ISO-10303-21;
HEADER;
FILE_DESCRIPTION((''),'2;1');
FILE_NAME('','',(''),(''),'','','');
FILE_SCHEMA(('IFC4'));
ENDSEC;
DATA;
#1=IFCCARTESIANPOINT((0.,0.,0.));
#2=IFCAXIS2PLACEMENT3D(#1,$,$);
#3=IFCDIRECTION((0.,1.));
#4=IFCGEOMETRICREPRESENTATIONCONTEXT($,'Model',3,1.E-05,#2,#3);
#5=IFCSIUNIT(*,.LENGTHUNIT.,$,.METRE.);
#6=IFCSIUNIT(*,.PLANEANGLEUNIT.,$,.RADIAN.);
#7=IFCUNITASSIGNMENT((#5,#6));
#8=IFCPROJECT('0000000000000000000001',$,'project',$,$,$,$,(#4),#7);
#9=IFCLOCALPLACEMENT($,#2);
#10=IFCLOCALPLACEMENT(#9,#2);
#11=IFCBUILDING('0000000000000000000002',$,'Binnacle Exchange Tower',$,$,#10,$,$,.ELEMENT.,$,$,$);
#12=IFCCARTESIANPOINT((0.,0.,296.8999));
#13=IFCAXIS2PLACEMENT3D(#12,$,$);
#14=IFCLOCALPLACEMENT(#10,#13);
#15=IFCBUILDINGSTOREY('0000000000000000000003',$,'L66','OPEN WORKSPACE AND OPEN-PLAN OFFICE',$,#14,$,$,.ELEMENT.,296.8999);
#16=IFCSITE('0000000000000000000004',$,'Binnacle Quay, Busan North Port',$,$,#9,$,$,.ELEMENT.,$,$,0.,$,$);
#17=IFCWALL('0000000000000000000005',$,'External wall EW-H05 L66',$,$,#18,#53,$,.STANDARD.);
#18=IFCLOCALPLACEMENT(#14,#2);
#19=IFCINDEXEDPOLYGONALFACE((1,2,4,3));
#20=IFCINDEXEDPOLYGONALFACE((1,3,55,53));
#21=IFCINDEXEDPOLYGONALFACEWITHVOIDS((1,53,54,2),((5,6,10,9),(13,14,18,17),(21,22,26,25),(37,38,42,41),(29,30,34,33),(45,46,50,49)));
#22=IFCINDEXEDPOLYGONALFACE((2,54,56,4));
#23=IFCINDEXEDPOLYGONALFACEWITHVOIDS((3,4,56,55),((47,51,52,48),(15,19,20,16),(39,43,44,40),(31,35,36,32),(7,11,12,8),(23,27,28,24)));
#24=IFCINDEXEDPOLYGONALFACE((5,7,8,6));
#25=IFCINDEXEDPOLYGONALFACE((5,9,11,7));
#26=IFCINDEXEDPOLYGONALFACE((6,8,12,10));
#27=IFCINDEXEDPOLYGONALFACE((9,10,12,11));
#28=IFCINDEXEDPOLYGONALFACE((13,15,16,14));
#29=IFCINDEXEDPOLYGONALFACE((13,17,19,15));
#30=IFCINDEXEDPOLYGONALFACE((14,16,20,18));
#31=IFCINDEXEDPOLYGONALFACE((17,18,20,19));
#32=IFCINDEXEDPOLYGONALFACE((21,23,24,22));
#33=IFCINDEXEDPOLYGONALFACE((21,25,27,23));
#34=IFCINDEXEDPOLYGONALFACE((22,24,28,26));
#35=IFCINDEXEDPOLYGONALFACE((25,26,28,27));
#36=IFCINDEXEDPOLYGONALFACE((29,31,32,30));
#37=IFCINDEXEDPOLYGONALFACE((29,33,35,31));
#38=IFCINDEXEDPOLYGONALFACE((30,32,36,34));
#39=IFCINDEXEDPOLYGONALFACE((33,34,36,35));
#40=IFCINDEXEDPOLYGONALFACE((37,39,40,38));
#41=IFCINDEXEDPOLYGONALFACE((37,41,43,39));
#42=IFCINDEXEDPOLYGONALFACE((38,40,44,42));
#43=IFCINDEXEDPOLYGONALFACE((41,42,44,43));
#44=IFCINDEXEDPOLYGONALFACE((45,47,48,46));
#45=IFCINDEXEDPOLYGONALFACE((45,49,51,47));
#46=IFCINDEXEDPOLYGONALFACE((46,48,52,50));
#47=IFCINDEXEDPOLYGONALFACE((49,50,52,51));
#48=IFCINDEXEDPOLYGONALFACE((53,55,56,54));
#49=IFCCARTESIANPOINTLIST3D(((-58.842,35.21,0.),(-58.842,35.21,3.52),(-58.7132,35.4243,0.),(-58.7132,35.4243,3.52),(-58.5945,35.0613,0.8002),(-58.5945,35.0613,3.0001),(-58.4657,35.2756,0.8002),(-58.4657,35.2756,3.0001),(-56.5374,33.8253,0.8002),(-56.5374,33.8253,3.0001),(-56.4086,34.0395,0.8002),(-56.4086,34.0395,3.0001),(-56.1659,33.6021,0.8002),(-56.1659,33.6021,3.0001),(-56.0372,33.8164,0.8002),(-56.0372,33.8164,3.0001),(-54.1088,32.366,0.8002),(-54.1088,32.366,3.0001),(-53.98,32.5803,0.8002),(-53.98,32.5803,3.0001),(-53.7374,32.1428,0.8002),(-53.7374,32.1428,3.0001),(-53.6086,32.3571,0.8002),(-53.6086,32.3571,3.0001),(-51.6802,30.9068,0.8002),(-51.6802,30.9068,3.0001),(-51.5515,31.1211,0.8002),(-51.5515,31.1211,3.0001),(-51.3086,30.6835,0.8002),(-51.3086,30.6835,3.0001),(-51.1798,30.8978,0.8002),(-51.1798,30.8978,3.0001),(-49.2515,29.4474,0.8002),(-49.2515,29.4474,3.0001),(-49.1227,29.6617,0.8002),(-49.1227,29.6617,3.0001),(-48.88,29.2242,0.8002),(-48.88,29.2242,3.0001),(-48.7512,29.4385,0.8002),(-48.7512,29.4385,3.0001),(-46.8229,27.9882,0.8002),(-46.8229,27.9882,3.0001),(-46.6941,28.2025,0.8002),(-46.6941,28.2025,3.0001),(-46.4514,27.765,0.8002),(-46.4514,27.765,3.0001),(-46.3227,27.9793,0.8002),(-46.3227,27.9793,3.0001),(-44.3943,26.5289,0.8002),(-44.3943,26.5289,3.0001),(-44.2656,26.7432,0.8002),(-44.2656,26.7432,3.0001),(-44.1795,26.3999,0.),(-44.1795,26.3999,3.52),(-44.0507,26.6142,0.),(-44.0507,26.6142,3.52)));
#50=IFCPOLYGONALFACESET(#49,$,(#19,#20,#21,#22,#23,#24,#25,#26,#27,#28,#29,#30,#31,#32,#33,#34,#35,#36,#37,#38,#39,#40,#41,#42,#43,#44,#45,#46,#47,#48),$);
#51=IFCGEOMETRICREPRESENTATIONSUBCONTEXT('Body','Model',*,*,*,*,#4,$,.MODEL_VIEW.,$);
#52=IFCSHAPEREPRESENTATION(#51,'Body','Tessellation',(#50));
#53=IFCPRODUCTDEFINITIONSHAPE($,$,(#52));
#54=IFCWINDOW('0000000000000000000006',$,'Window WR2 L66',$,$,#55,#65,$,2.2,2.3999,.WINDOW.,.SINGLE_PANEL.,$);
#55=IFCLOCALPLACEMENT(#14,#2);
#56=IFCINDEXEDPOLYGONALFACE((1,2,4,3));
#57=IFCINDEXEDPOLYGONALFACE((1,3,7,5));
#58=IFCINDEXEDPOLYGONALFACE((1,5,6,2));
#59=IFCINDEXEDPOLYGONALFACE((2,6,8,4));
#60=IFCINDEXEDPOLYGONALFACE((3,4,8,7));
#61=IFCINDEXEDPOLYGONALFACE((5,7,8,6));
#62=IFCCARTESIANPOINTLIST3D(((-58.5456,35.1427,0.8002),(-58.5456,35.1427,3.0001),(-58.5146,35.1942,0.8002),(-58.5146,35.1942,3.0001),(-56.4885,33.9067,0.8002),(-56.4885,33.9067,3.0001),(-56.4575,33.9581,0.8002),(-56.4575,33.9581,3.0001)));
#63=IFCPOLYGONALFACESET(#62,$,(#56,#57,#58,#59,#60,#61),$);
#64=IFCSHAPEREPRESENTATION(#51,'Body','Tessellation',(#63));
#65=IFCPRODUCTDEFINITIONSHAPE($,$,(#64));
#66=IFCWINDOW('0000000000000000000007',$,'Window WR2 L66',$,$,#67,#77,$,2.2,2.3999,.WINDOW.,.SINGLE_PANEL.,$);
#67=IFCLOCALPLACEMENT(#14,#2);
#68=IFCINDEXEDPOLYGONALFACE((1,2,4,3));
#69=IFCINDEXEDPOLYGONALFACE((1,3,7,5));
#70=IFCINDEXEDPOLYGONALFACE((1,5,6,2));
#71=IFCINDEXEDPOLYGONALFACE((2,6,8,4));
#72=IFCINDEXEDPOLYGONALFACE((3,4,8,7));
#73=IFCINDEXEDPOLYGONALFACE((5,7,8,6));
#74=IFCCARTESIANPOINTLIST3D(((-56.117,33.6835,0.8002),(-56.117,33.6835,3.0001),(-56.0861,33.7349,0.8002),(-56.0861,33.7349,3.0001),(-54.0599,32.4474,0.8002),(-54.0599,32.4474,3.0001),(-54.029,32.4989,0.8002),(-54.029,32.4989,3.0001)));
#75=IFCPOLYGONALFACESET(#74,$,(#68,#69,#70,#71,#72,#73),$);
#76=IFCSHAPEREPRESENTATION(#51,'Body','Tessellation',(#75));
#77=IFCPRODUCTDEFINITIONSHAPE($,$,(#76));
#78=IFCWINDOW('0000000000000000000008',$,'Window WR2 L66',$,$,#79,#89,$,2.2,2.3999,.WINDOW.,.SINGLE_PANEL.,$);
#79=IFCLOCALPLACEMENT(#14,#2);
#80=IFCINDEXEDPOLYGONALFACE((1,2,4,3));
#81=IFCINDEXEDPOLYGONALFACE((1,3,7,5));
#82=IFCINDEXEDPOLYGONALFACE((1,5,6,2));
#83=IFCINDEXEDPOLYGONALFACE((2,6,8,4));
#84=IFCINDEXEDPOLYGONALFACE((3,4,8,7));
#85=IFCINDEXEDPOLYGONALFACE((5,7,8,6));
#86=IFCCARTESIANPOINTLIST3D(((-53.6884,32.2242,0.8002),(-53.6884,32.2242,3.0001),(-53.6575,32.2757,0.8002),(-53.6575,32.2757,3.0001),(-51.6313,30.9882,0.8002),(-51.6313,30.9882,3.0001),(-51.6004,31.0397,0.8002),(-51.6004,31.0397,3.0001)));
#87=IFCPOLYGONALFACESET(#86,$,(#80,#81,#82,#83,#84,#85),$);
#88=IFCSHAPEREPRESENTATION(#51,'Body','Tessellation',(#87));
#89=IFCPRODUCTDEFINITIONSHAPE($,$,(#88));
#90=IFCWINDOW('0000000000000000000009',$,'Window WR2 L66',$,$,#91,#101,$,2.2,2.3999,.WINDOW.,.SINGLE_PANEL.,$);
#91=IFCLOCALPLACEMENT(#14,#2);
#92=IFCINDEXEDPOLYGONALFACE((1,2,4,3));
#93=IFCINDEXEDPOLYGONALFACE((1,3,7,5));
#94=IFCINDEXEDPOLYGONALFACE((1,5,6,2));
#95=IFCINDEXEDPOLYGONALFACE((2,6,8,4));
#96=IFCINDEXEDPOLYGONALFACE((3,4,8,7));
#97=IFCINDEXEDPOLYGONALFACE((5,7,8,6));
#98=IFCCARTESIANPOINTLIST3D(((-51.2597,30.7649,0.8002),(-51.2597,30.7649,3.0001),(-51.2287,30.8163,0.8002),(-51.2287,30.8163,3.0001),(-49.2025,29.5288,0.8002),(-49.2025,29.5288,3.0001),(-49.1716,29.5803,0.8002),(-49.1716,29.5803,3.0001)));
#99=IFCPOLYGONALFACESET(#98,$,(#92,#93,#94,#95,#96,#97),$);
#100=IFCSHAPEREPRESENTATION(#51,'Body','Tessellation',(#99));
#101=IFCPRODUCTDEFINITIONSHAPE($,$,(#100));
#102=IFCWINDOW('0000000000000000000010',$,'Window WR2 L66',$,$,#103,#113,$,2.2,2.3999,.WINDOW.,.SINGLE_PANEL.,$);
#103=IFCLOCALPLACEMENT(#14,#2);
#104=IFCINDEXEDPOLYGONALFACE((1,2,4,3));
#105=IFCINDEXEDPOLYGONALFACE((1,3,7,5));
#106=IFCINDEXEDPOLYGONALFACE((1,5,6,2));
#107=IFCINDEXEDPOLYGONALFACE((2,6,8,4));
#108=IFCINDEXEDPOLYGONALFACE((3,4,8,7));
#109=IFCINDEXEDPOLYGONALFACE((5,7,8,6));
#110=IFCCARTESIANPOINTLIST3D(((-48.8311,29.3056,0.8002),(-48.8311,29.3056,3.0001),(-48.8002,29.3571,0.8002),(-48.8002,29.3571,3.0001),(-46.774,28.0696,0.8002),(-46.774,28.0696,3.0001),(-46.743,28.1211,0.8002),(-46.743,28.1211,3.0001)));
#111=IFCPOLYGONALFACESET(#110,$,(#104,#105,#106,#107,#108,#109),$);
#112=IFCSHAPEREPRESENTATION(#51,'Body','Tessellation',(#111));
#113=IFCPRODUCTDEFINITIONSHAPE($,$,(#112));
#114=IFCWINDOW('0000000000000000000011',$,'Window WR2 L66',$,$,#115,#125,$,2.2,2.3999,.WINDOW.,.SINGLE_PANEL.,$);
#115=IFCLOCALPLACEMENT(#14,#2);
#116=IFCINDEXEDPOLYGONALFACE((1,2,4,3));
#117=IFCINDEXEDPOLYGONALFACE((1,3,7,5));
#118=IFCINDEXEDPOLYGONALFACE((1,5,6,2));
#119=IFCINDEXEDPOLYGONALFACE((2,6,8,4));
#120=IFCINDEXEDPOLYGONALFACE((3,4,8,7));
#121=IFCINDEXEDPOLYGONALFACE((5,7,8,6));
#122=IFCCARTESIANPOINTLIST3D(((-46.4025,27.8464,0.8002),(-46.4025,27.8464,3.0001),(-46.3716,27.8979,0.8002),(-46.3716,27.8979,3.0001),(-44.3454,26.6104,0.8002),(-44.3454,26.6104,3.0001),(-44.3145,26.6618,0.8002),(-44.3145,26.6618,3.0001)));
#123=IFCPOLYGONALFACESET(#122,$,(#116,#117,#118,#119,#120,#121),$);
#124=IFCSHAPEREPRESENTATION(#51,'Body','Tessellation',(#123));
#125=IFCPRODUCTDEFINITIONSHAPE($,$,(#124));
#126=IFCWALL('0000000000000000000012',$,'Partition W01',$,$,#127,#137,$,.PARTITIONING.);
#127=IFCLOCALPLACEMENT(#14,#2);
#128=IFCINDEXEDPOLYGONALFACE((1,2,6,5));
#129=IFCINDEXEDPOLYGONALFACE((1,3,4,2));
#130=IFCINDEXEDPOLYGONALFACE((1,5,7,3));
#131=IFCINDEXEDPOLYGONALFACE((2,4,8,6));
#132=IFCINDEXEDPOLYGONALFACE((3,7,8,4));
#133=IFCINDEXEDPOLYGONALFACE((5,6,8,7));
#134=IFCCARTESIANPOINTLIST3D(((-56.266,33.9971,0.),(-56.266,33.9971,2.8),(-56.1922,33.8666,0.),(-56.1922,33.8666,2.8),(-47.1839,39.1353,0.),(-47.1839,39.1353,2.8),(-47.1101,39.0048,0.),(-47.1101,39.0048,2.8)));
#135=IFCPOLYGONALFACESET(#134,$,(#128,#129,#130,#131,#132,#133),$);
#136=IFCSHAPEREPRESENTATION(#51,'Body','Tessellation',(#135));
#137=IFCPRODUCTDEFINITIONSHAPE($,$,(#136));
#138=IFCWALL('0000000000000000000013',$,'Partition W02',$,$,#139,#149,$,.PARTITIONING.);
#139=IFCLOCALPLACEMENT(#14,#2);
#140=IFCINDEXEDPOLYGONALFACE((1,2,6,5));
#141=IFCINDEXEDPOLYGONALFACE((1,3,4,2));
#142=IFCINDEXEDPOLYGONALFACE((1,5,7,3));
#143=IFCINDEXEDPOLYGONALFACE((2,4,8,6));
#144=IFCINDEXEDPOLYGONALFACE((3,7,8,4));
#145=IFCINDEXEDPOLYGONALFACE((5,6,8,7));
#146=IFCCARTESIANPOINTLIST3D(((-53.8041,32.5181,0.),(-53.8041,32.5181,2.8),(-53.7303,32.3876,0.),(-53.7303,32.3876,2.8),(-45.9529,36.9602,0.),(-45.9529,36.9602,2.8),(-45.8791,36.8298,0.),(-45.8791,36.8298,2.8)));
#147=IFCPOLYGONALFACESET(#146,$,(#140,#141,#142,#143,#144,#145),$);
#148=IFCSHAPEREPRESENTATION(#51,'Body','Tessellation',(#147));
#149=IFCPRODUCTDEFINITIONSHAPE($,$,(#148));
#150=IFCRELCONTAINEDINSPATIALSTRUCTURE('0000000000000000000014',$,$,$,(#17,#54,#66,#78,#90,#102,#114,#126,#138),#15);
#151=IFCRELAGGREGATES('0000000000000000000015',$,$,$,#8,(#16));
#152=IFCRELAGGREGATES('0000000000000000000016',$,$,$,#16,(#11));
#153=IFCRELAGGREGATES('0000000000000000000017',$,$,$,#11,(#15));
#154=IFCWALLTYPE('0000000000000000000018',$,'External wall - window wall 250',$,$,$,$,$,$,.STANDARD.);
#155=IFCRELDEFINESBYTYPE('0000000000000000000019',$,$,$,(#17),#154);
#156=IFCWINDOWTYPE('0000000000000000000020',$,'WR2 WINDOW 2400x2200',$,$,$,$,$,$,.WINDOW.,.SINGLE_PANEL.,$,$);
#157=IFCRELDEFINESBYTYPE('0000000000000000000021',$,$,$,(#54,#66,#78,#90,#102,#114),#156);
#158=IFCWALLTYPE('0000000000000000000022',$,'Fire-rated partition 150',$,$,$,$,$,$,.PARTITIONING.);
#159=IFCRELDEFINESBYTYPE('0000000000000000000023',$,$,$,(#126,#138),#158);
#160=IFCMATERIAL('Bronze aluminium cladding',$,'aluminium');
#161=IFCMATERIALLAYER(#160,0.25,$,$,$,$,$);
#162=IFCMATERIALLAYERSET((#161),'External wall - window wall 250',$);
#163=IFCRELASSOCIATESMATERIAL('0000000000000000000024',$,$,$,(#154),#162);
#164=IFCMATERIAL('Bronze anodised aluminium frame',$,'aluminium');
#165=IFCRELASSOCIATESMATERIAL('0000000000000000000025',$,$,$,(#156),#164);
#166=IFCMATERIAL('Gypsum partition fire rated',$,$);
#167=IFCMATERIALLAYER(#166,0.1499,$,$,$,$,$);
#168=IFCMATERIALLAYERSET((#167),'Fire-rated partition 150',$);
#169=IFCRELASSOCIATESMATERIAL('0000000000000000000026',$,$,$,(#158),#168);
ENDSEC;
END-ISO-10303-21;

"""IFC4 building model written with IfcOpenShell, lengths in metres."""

from ifc_helpers import new_model, si_unit, direction, frame, frame_2d, origin, place, context, subcontext, project, spatial, rectangle, extrude, material, layer, layer_set, type_object, element, fill, save


model = new_model("IFC4")

# Units and contexts
model_context = context("Model", 3, precision=1e-05, world=origin(), true_north=direction((0.0, 1.0)))
body_context = subcontext(model_context, "Body", "Model", "MODEL_VIEW")
ifc_project = project(units=[si_unit("LENGTHUNIT", "METRE"), si_unit("PLANEANGLEUNIT", "RADIAN")], contexts=[model_context])

# Site, building, storey
site_placement = place(None, origin())
site = spatial("IfcSite", under=ifc_project, at=site_placement, Name="Binnacle Quay, Busan North Port", CompositionType="ELEMENT", RefElevation=0.0)
building_placement = place(site_placement, origin())
building = spatial("IfcBuilding", under=site, at=building_placement, Name="Binnacle Exchange Tower", CompositionType="ELEMENT")
storey_placement = place(building_placement, frame((0.0, 0.0, 296.8999)))
storey = spatial("IfcBuildingStorey", under=building, at=storey_placement, Name="L66", Description="OPEN WORKSPACE AND OPEN-PLAN OFFICE", CompositionType="ELEMENT", Elevation=296.8999)

# Shared definitions
ifc_material_1 = material(Name="Bronze aluminium cladding", Category="aluminium")
ifc_layer_1 = layer(ifc_material_1, 0.25)
ifc_layer_set_1 = layer_set([ifc_layer_1], Name="External wall - window wall 250")
wall_type_1 = type_object("IfcWallType", Name="External wall - window wall 250", PredefinedType="STANDARD", material=ifc_layer_set_1)

# Wall, openings, windows
wall_1_placement = place(storey_placement, frame((-44.1152, 26.5071, 0.0), z_axis=(0.0, 0.0, 1.0), x_axis=(-0.857167, 0.515039, 0.0)))
wall_1 = element("IfcWall", 1, at=wall_1_placement, inside=storey, type_object=wall_type_1, Name="External wall EW-H05 L66", PredefinedType="STANDARD", context=body_context, shape_type="SweptSolid", body=[
    extrude(rectangle(XDim=17.1057, YDim=0.25, at=frame_2d((8.5527, 0.0))), origin(), (0.0, 0.0, 1.0), 3.52),
])
opening_1_placement = place(wall_1_placement, frame((14.417, 0.0, 0.8)))
opening_1 = element("IfcOpeningElement", 2, at=opening_1_placement, cuts=wall_1, PredefinedType="OPENING", context=body_context, shape_type="SweptSolid", body=[
    extrude(rectangle(XDim=2.3999, YDim=2.2, at=frame_2d((1.2, 1.1001))), frame((0.0, 0.135, 0.0), z_axis=(0.0, -1.0, 0.0), x_axis=(1.0, 0.0, 0.0)), (0.0, 0.0, 1.0), 0.27),
])
opening_2_placement = place(wall_1_placement, frame((11.5837, 0.0, 0.8)))
opening_2 = element("IfcOpeningElement", 3, at=opening_2_placement, cuts=wall_1, PredefinedType="OPENING", context=body_context, shape_type="SweptSolid", body=[
    extrude(rectangle(XDim=2.3999, YDim=2.2, at=frame_2d((1.2, 1.1001))), frame((0.0, 0.135, 0.0), z_axis=(0.0, -1.0, 0.0), x_axis=(1.0, 0.0, 0.0)), (0.0, 0.0, 1.0), 0.27),
])
opening_3_placement = place(wall_1_placement, frame((8.7505, 0.0, 0.8)))
opening_3 = element("IfcOpeningElement", 4, at=opening_3_placement, cuts=wall_1, PredefinedType="OPENING", context=body_context, shape_type="SweptSolid", body=[
    extrude(rectangle(XDim=2.3999, YDim=2.2, at=frame_2d((1.2, 1.1001))), frame((0.0, 0.135, 0.0), z_axis=(0.0, -1.0, 0.0), x_axis=(1.0, 0.0, 0.0)), (0.0, 0.0, 1.0), 0.27),
])
opening_4_placement = place(wall_1_placement, frame((5.917, 0.0, 0.8)))
opening_4 = element("IfcOpeningElement", 5, at=opening_4_placement, cuts=wall_1, PredefinedType="OPENING", context=body_context, shape_type="SweptSolid", body=[
    extrude(rectangle(XDim=2.3999, YDim=2.2, at=frame_2d((1.2, 1.1001))), frame((0.0, 0.135, 0.0), z_axis=(0.0, -1.0, 0.0), x_axis=(1.0, 0.0, 0.0)), (0.0, 0.0, 1.0), 0.27),
])
opening_5_placement = place(wall_1_placement, frame((3.0837, 0.0, 0.8)))
opening_5 = element("IfcOpeningElement", 6, at=opening_5_placement, cuts=wall_1, PredefinedType="OPENING", context=body_context, shape_type="SweptSolid", body=[
    extrude(rectangle(XDim=2.3999, YDim=2.2, at=frame_2d((1.2, 1.1001))), frame((0.0, 0.135, 0.0), z_axis=(0.0, -1.0, 0.0), x_axis=(1.0, 0.0, 0.0)), (0.0, 0.0, 1.0), 0.27),
])
opening_6_placement = place(wall_1_placement, frame((0.2505, 0.0, 0.8)))
opening_6 = element("IfcOpeningElement", 7, at=opening_6_placement, cuts=wall_1, PredefinedType="OPENING", context=body_context, shape_type="SweptSolid", body=[
    extrude(rectangle(XDim=2.3999, YDim=2.2, at=frame_2d((1.2, 1.1001))), frame((0.0, 0.135, 0.0), z_axis=(0.0, -1.0, 0.0), x_axis=(1.0, 0.0, 0.0)), (0.0, 0.0, 1.0), 0.27),
])
ifc_material_2 = material(Name="Bronze anodised aluminium frame", Category="aluminium")
window_type = type_object("IfcWindowType", Name="WR2 WINDOW 2400x2200", PartitioningType="SINGLE_PANEL", PredefinedType="WINDOW", material=ifc_material_2)
window_1_placement = place(opening_1_placement, origin())
window_1 = element("IfcWindow", 8, at=window_1_placement, inside=storey, type_object=window_type, Name="Window WR2 L66", OverallHeight=2.2, OverallWidth=2.3999, PartitioningType="SINGLE_PANEL", PredefinedType="WINDOW", context=body_context, shape_type="SweptSolid", body=[
    extrude(rectangle(XDim=2.3999, YDim=2.2, at=frame_2d((1.2, 1.1001))), frame((0.0, 0.03, 0.0), z_axis=(0.0, -1.0, 0.0), x_axis=(1.0, 0.0, 0.0)), (0.0, 0.0, 1.0), 0.0601),
])
fill(opening_1, window_1)
window_2_placement = place(opening_2_placement, origin())
window_2 = element("IfcWindow", 9, at=window_2_placement, inside=storey, type_object=window_type, Name="Window WR2 L66", OverallHeight=2.2, OverallWidth=2.3999, PartitioningType="SINGLE_PANEL", PredefinedType="WINDOW", context=body_context, shape_type="SweptSolid", body=[
    extrude(rectangle(XDim=2.3999, YDim=2.2, at=frame_2d((1.2, 1.1001))), frame((0.0, 0.03, 0.0), z_axis=(0.0, -1.0, 0.0), x_axis=(1.0, 0.0, 0.0)), (0.0, 0.0, 1.0), 0.0601),
])
fill(opening_2, window_2)
window_3_placement = place(opening_3_placement, origin())
window_3 = element("IfcWindow", 10, at=window_3_placement, inside=storey, type_object=window_type, Name="Window WR2 L66", OverallHeight=2.2, OverallWidth=2.3999, PartitioningType="SINGLE_PANEL", PredefinedType="WINDOW", context=body_context, shape_type="SweptSolid", body=[
    extrude(rectangle(XDim=2.3999, YDim=2.2, at=frame_2d((1.2, 1.1001))), frame((0.0, 0.03, 0.0), z_axis=(0.0, -1.0, 0.0), x_axis=(1.0, 0.0, 0.0)), (0.0, 0.0, 1.0), 0.0601),
])
fill(opening_3, window_3)
window_4_placement = place(opening_4_placement, origin())
window_4 = element("IfcWindow", 11, at=window_4_placement, inside=storey, type_object=window_type, Name="Window WR2 L66", OverallHeight=2.2, OverallWidth=2.3999, PartitioningType="SINGLE_PANEL", PredefinedType="WINDOW", context=body_context, shape_type="SweptSolid", body=[
    extrude(rectangle(XDim=2.3999, YDim=2.2, at=frame_2d((1.2, 1.1001))), frame((0.0, 0.03, 0.0), z_axis=(0.0, -1.0, 0.0), x_axis=(1.0, 0.0, 0.0)), (0.0, 0.0, 1.0), 0.0601),
])
fill(opening_4, window_4)
window_5_placement = place(opening_5_placement, origin())
window_5 = element("IfcWindow", 12, at=window_5_placement, inside=storey, type_object=window_type, Name="Window WR2 L66", OverallHeight=2.2, OverallWidth=2.3999, PartitioningType="SINGLE_PANEL", PredefinedType="WINDOW", context=body_context, shape_type="SweptSolid", body=[
    extrude(rectangle(XDim=2.3999, YDim=2.2, at=frame_2d((1.2, 1.1001))), frame((0.0, 0.03, 0.0), z_axis=(0.0, -1.0, 0.0), x_axis=(1.0, 0.0, 0.0)), (0.0, 0.0, 1.0), 0.0601),
])
fill(opening_5, window_5)
window_6_placement = place(opening_6_placement, origin())
window_6 = element("IfcWindow", 13, at=window_6_placement, inside=storey, type_object=window_type, Name="Window WR2 L66", OverallHeight=2.2, OverallWidth=2.3999, PartitioningType="SINGLE_PANEL", PredefinedType="WINDOW", context=body_context, shape_type="SweptSolid", body=[
    extrude(rectangle(XDim=2.3999, YDim=2.2, at=frame_2d((1.2, 1.1001))), frame((0.0, 0.03, 0.0), z_axis=(0.0, -1.0, 0.0), x_axis=(1.0, 0.0, 0.0)), (0.0, 0.0, 1.0), 0.0601),
])
fill(opening_6, window_6)

# Walls
ifc_material_3 = material(Name="Gypsum partition fire rated")
ifc_layer_2 = layer(ifc_material_3, 0.1499)
ifc_layer_set_2 = layer_set([ifc_layer_2], Name="Fire-rated partition 150")
wall_type_2 = type_object("IfcWallType", Name="Fire-rated partition 150", PredefinedType="PARTITIONING", material=ifc_layer_set_2)
wall_2_placement = place(storey_placement, frame((-56.229, 33.9319, 0.0), z_axis=(0.0, 0.0, 1.0), x_axis=(0.870363, 0.49241, 0.0)))
element("IfcWall", 14, at=wall_2_placement, inside=storey, type_object=wall_type_2, Name="Partition W01", PredefinedType="PARTITIONING", context=body_context, shape_type="SweptSolid", body=[
    extrude(rectangle(XDim=10.4348, YDim=0.1499, at=frame_2d((5.2173, 0.0))), origin(), (0.0, 0.0, 1.0), 2.8),
])
wall_3_placement = place(storey_placement, frame((-53.7671, 32.4529, 0.0), z_axis=(0.0, 0.0, 1.0), x_axis=(0.870345, 0.492442, 0.0)))
element("IfcWall", 15, at=wall_3_placement, inside=storey, type_object=wall_type_2, Name="Partition W02", PredefinedType="PARTITIONING", context=body_context, shape_type="SweptSolid", body=[
    extrude(rectangle(XDim=9.0208, YDim=0.1499, at=frame_2d((4.5103, 0.0))), origin(), (0.0, 0.0, 1.0), 2.8),
])

save(model, "model.ifc")
